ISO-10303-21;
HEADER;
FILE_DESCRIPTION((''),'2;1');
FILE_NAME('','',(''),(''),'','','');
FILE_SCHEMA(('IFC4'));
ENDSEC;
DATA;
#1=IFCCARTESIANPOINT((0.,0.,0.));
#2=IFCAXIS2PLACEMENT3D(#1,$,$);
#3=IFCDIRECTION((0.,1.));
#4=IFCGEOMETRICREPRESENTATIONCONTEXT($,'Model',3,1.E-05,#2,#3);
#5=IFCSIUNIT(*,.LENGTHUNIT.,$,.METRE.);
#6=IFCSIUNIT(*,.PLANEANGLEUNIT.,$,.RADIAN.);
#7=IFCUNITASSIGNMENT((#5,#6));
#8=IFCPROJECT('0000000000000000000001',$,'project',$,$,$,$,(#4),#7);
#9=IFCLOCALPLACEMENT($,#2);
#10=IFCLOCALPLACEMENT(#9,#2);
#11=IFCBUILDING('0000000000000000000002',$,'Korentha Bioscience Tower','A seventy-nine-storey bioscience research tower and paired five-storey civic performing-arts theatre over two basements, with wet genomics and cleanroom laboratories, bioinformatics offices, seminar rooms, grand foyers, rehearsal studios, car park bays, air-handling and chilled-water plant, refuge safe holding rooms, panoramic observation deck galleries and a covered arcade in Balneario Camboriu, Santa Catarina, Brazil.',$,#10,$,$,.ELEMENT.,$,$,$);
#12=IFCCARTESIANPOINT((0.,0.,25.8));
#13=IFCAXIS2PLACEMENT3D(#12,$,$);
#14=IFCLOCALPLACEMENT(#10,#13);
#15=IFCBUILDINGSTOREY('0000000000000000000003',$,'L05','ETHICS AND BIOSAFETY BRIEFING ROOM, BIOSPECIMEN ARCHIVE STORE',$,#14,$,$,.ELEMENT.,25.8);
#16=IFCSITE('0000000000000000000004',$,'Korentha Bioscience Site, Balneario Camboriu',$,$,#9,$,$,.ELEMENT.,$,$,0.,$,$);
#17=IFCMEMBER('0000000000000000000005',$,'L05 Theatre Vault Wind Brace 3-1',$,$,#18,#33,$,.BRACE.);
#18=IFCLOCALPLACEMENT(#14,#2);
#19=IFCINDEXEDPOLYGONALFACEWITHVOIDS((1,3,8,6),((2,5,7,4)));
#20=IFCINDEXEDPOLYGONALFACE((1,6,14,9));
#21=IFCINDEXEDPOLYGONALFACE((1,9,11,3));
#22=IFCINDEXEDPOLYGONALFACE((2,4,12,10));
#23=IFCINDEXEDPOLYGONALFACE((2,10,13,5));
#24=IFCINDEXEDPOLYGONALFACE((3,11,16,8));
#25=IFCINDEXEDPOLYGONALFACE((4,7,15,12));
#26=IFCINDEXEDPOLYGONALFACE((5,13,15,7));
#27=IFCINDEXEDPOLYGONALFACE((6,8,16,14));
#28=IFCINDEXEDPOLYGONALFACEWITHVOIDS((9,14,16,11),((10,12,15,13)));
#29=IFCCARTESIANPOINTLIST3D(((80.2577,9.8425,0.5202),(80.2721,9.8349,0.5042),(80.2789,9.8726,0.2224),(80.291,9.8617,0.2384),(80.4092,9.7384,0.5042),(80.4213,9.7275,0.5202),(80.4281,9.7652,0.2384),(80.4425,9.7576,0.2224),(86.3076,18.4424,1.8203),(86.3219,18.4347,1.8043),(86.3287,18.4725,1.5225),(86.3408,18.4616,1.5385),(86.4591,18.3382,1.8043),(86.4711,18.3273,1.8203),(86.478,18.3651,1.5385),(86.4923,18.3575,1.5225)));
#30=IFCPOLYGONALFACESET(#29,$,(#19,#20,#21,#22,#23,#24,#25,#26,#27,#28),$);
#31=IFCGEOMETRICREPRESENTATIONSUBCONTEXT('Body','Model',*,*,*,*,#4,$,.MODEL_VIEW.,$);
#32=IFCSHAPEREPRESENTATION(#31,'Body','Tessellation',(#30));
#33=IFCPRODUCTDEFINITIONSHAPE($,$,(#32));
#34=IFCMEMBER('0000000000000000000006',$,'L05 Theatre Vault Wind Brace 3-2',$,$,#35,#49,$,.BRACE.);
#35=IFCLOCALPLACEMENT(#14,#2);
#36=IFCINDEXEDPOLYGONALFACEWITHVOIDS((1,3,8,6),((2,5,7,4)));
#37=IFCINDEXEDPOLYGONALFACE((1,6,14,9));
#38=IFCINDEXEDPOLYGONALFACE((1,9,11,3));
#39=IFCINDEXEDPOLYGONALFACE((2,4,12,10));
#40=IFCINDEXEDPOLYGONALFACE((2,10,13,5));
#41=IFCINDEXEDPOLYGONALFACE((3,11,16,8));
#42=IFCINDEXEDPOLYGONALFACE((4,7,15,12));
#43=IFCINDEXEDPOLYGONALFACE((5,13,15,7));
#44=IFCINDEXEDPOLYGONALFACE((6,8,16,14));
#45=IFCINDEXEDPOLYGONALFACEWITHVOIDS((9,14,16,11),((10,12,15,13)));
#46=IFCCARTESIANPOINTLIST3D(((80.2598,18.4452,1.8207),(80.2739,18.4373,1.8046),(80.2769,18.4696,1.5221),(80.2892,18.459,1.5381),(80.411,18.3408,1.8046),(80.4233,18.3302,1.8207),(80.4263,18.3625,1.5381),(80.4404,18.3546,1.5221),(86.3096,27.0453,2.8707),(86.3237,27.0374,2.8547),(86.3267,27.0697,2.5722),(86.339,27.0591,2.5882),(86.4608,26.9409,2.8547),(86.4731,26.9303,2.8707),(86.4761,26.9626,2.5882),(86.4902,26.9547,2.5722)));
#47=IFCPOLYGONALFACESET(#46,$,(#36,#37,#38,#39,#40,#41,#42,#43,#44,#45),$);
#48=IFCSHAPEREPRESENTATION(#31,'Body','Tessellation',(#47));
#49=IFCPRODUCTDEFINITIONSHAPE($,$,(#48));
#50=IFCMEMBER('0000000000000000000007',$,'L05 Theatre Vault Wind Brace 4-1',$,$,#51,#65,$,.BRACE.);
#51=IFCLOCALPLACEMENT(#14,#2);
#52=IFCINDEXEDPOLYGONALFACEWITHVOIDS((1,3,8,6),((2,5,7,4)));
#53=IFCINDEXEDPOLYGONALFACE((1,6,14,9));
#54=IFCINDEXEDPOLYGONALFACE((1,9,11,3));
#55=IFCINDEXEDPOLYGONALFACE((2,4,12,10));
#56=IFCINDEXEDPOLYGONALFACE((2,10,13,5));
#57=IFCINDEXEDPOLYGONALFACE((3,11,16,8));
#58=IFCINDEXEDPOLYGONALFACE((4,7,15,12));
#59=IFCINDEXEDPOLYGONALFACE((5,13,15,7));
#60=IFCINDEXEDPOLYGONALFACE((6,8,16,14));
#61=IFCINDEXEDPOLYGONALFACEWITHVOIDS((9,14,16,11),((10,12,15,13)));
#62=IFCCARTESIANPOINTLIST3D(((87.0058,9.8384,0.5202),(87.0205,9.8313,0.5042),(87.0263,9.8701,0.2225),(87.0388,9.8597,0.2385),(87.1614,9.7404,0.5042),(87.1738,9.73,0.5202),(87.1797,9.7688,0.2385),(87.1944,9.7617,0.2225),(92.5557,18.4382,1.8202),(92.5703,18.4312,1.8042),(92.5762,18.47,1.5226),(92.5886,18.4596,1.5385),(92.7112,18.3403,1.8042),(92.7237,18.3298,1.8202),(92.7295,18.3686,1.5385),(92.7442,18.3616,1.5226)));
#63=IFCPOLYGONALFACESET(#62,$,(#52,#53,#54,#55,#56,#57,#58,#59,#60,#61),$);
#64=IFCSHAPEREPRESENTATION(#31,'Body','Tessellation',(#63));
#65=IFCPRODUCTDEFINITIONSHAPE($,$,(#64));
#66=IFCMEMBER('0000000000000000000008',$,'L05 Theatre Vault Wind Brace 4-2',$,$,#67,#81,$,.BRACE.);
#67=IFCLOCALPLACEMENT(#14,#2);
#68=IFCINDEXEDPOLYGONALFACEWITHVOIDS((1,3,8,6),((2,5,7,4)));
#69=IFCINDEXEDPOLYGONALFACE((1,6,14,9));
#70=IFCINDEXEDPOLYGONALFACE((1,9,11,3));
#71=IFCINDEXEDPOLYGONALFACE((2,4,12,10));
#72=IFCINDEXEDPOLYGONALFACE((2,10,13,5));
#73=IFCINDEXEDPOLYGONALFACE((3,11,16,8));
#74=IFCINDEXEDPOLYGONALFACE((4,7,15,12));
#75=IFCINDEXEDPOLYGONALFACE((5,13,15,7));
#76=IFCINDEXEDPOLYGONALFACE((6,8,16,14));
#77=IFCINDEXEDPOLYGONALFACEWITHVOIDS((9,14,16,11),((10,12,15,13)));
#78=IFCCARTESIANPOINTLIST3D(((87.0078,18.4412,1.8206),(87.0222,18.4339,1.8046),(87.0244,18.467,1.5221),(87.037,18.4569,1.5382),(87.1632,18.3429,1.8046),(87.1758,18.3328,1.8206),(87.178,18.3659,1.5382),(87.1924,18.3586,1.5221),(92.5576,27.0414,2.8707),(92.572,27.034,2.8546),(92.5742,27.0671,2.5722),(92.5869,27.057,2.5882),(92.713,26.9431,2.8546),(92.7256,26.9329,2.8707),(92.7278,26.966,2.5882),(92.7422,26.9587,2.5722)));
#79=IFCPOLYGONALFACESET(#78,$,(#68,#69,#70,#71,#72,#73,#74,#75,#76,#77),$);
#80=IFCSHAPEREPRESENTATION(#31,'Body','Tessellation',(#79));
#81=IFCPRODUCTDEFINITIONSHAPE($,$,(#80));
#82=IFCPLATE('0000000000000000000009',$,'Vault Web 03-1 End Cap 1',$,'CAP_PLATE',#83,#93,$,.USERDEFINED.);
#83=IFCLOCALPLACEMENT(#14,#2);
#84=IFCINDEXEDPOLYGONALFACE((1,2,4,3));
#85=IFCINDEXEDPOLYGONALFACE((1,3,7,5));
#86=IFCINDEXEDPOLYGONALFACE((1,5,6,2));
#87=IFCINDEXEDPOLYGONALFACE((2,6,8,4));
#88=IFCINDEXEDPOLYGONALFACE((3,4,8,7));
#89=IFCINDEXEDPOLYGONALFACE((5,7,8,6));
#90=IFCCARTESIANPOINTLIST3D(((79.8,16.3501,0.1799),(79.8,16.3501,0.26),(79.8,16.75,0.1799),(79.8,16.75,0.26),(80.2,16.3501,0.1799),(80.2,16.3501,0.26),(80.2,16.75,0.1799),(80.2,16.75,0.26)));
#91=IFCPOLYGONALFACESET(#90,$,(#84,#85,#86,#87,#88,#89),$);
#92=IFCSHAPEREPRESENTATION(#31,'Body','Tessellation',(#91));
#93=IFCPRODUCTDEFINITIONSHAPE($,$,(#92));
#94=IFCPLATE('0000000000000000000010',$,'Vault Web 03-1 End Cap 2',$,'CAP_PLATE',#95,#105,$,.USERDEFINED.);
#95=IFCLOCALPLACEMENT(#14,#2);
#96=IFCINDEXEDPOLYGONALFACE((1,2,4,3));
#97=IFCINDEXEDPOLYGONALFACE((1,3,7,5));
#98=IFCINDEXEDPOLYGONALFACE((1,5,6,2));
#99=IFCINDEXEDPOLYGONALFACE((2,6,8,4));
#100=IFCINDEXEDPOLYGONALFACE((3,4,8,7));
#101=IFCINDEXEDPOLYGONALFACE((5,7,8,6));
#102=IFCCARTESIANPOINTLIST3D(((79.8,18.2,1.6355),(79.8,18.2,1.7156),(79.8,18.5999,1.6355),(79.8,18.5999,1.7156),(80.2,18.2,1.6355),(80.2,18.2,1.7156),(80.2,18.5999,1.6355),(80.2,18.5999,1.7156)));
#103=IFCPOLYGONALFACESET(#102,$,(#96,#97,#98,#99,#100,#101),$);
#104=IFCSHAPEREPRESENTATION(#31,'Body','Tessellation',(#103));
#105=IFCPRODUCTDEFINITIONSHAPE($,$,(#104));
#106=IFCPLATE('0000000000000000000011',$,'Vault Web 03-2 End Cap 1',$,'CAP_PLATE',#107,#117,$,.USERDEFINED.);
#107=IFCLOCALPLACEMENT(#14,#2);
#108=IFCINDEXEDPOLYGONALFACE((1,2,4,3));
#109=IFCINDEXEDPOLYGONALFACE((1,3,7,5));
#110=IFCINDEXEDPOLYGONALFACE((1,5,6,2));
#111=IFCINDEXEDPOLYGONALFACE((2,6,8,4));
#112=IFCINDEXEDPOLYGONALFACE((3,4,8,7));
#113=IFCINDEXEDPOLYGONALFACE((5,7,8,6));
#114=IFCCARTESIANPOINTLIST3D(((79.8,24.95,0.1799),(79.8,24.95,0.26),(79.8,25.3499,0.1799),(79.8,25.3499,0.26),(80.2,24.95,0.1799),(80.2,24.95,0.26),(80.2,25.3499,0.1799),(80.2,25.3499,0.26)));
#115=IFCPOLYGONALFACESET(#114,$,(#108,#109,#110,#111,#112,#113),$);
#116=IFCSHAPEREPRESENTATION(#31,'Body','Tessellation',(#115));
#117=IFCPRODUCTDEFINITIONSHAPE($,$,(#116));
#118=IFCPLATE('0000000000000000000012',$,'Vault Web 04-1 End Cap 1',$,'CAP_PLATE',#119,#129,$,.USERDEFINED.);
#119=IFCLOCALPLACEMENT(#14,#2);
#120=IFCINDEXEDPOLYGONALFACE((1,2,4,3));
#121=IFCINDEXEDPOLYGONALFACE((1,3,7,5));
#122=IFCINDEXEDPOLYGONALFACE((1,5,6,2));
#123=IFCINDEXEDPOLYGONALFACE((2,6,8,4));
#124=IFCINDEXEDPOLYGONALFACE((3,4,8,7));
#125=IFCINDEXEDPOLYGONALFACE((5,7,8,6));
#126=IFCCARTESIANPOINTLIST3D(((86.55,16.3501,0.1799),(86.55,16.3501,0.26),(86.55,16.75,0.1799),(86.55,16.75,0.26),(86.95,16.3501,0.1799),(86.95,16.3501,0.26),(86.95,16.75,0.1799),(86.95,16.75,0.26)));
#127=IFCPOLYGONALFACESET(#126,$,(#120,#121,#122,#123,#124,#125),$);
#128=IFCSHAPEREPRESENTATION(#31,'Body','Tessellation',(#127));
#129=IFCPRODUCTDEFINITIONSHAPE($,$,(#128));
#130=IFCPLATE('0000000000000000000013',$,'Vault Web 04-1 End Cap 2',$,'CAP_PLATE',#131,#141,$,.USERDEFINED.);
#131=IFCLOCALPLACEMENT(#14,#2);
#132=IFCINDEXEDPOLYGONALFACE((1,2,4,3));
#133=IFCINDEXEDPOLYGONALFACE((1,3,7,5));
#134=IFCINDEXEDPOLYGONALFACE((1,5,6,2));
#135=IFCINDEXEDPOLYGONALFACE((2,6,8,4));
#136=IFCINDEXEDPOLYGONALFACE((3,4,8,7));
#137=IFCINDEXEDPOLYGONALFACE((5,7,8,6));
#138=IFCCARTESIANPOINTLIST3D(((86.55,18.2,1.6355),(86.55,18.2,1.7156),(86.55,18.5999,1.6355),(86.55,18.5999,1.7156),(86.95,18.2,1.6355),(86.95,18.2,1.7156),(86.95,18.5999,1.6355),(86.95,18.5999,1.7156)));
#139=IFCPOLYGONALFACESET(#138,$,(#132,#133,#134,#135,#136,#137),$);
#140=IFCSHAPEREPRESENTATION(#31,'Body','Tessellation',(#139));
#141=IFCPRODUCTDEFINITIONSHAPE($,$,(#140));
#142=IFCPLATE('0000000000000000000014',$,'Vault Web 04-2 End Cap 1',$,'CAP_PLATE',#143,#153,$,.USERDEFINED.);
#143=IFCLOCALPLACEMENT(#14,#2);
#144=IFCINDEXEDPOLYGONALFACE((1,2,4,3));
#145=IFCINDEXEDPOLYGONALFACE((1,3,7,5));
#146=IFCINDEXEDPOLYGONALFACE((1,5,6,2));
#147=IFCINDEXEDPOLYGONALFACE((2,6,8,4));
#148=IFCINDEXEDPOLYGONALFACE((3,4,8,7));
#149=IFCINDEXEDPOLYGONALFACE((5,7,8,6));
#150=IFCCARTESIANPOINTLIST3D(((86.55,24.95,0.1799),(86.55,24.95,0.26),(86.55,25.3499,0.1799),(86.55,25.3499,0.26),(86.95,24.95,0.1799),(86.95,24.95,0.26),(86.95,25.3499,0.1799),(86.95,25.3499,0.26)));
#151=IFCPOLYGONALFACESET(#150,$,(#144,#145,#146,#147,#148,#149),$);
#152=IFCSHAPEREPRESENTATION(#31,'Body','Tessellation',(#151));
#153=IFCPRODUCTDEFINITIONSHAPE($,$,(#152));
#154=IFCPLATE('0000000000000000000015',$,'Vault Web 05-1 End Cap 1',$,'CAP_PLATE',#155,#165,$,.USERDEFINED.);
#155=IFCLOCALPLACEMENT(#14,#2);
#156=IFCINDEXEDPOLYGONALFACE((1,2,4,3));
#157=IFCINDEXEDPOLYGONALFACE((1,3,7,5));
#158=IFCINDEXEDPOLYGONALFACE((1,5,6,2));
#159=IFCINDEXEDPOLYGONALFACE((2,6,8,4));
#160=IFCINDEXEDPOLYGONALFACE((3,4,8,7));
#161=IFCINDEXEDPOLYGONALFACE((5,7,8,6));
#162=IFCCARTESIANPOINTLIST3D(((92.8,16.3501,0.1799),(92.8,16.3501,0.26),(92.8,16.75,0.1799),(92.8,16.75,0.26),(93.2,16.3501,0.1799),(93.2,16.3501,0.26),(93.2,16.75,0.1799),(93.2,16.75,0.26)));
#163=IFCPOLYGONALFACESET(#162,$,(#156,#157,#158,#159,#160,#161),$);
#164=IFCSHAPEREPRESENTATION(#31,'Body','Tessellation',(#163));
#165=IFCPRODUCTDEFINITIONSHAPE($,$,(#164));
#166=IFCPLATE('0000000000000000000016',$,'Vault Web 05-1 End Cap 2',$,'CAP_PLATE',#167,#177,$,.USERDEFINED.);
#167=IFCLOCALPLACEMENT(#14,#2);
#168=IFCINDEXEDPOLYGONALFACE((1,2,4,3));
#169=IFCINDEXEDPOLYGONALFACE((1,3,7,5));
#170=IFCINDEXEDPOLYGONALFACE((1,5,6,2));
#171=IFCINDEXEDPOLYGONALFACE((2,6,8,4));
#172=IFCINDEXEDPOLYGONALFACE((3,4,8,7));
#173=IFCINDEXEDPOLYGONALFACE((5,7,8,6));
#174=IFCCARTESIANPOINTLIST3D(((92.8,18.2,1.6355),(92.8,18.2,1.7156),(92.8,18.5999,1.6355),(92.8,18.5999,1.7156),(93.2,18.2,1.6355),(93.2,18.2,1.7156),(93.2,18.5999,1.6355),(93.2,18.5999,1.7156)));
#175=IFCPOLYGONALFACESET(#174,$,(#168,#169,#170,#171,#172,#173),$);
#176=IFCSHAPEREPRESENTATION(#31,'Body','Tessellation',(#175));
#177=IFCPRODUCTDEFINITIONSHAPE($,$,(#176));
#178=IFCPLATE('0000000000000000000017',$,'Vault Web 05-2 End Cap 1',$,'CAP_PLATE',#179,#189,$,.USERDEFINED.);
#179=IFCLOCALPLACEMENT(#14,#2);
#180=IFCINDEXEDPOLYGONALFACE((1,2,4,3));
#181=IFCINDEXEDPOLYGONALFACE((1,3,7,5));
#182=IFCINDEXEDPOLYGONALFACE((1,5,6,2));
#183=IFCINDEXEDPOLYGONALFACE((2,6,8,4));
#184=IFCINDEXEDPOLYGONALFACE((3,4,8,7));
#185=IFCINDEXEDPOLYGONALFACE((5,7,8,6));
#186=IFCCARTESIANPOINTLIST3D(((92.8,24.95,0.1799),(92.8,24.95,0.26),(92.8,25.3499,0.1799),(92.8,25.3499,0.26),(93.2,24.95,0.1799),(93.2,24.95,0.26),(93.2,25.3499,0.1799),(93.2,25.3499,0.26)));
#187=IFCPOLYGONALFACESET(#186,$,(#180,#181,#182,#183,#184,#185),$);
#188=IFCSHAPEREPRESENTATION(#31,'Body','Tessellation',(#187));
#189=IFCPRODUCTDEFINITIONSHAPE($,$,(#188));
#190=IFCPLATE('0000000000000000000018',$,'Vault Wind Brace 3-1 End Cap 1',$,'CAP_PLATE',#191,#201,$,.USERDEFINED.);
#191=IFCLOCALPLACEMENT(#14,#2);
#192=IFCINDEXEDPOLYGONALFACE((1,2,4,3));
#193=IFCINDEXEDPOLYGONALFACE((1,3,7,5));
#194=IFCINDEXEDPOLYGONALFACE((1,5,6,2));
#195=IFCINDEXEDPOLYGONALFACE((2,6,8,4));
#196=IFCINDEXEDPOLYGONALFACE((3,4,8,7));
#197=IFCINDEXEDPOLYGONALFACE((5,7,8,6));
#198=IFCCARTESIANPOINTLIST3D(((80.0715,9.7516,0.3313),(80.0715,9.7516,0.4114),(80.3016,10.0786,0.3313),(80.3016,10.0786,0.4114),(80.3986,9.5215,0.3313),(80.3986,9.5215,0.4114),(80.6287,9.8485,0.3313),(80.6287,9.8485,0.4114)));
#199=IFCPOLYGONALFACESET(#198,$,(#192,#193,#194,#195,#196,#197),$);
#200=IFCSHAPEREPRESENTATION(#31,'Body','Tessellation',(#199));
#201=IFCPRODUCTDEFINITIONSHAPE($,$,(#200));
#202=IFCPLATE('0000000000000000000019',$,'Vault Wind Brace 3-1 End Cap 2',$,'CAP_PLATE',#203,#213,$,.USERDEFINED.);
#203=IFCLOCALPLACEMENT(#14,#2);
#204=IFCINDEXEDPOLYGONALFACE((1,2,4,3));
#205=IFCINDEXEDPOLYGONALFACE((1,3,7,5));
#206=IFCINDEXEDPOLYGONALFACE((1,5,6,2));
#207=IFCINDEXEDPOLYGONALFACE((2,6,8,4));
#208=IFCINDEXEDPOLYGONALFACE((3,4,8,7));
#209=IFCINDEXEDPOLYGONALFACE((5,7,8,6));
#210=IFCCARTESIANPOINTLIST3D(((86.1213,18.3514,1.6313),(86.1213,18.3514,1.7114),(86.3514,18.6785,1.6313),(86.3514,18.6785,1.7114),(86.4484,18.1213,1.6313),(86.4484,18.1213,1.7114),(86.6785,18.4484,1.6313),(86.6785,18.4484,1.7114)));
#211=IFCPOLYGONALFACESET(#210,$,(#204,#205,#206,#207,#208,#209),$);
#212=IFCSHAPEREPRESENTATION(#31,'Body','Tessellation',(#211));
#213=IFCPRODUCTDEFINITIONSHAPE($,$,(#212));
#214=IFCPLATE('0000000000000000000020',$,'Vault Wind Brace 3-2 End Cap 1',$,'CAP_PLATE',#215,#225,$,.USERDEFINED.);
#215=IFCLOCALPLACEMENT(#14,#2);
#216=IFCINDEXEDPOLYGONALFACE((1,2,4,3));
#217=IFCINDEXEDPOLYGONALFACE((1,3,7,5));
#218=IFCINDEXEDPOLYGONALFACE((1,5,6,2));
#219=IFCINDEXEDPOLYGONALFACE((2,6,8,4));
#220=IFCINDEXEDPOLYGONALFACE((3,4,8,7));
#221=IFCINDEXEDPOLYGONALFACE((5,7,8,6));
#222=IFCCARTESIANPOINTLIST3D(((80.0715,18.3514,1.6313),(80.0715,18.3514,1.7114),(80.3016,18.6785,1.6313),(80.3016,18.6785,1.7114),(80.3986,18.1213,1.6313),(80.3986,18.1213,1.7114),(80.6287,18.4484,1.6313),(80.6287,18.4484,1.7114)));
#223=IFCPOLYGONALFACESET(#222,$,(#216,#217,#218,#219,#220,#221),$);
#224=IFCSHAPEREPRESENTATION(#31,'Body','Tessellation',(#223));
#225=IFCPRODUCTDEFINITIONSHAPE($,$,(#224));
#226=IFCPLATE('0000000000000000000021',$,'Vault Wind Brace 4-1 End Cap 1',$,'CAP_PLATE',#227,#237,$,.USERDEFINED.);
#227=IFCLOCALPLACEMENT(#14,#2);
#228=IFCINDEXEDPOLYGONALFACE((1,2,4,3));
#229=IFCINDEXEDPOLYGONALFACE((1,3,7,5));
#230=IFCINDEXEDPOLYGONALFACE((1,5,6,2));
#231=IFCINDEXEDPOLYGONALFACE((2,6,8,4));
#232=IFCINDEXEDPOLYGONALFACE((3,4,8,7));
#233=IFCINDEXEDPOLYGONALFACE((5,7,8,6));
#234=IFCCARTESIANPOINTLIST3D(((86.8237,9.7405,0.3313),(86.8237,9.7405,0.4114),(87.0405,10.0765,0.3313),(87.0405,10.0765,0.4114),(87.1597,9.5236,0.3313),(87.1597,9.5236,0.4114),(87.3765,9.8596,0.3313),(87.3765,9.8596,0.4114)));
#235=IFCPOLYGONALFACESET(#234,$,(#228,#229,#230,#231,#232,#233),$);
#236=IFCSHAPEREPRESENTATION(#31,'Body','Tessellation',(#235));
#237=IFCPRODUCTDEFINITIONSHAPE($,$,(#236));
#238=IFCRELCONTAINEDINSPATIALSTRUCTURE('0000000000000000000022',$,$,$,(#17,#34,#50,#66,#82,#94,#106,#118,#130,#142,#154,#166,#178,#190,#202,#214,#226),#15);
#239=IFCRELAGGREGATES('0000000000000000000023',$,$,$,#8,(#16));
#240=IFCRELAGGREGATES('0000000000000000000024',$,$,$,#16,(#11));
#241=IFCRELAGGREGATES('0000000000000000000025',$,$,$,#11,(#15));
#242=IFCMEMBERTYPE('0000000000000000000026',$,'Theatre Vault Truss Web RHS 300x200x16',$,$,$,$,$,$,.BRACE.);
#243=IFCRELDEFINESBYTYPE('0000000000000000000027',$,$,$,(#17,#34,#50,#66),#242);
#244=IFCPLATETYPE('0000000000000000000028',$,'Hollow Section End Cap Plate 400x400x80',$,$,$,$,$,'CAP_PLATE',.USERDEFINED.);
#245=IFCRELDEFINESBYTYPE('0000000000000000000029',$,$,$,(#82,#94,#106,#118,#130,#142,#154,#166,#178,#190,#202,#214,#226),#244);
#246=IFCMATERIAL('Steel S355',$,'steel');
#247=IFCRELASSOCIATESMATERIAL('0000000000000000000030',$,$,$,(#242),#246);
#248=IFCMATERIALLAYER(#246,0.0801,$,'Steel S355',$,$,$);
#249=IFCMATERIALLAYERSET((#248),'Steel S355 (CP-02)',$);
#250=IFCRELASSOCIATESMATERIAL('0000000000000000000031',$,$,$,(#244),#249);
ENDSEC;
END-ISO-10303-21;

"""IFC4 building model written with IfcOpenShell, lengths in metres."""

from ifc_helpers import new_model, si_unit, direction, frame, origin, origin_2d, place, context, subcontext, project, spatial, rectangle, hollow_rectangle, extrude, material, layer, layer_set, material_profile, profile_set, type_object, element, save


model = new_model("IFC4")

# Units and contexts
model_context = context("Model", 3, precision=1e-05, world=origin(), true_north=direction((0.0, 1.0)))
body_context = subcontext(model_context, "Body", "Model", "MODEL_VIEW")
ifc_project = project(units=[si_unit("LENGTHUNIT", "METRE"), si_unit("PLANEANGLEUNIT", "RADIAN")], contexts=[model_context])

# Site, building, storey
site_placement = place(None, origin())
site = spatial("IfcSite", under=ifc_project, at=site_placement, Name="Korentha Bioscience Site, Balneario Camboriu", CompositionType="ELEMENT", RefElevation=0.0)
building_placement = place(site_placement, origin())
building = spatial("IfcBuilding", under=site, at=building_placement, Name="Korentha Bioscience Tower", Description="A seventy-nine-storey bioscience research tower and paired five-storey civic performing-arts theatre over two basements, with wet genomics and cleanroom laboratories, bioinformatics offices, seminar rooms, grand foyers, rehearsal studios, car park bays, air-handling and chilled-water plant, refuge safe holding rooms, panoramic observation deck galleries and a covered arcade in Balneario Camboriu, Santa Catarina, Brazil.", CompositionType="ELEMENT")
storey_placement = place(building_placement, frame((0.0, 0.0, 25.8)))
storey = spatial("IfcBuildingStorey", under=building, at=storey_placement, Name="L05", Description="ETHICS AND BIOSAFETY BRIEFING ROOM, BIOSPECIMEN ARCHIVE STORE", CompositionType="ELEMENT", Elevation=25.8)

# Shared definitions
ifc_material = material(Name="Steel S355", Category="steel")

# Members
ifc_material_profile_1 = material_profile(ifc_material, hollow_rectangle(XDim=0.2, YDim=0.3, WallThickness=0.0161, at=origin_2d()), Name="Steel S355")
ifc_profile_set_1 = profile_set([ifc_material_profile_1], Name="Steel S355 (TV-W300)")
member_type_1 = type_object("IfcMemberType", Name="Theatre Vault Truss Web RHS 300x200x16", PredefinedType="BRACE", material=ifc_profile_set_1)
member_1_placement = place(storey_placement, frame((80.3501, 9.8, 0.3713), z_axis=(0.571022, 0.811713, 0.122707), x_axis=(-0.817893, 0.57537, 0.0)))
element("IfcMember", 1, at=member_1_placement, inside=storey, type_object=member_type_1, Name="L05 Theatre Vault Wind Brace 3-1", PredefinedType="BRACE", context=body_context, shape_type="SweptSolid", body=[
    extrude(hollow_rectangle(XDim=0.2, YDim=0.3, WallThickness=0.0161, at=origin_2d()), origin(), (0.0, 0.0, 1.0), 10.5947),
])
member_2_placement = place(storey_placement, frame((80.3501, 18.3999, 1.6714), z_axis=(0.572511, 0.813853, 0.099369), x_axis=(-0.817901, 0.575359, 0.0)))
element("IfcMember", 2, at=member_2_placement, inside=storey, type_object=member_type_1, Name="L05 Theatre Vault Wind Brace 3-2", PredefinedType="BRACE", context=body_context, shape_type="SweptSolid", body=[
    extrude(hollow_rectangle(XDim=0.2, YDim=0.3, WallThickness=0.0161, at=origin_2d()), origin(), (0.0, 0.0, 1.0), 10.5671),
])
member_3_placement = place(storey_placement, frame((87.1001, 9.8, 0.3713), z_axis=(0.537909, 0.833532, 0.126006), x_axis=(-0.840229, 0.542231, 0.0)))
element("IfcMember", 3, at=member_3_placement, inside=storey, type_object=member_type_1, Name="L05 Theatre Vault Wind Brace 4-1", PredefinedType="BRACE", context=body_context, shape_type="SweptSolid", body=[
    extrude(hollow_rectangle(XDim=0.2, YDim=0.3, WallThickness=0.0161, at=origin_2d()), origin(), (0.0, 0.0, 1.0), 10.3174),
])
member_4_placement = place(storey_placement, frame((87.1001, 18.3999, 1.6714), z_axis=(0.539389, 0.835849, 0.102055), x_axis=(-0.840236, 0.54222, 0.0)))
element("IfcMember", 4, at=member_4_placement, inside=storey, type_object=member_type_1, Name="L05 Theatre Vault Wind Brace 4-2", PredefinedType="BRACE", context=body_context, shape_type="SweptSolid", body=[
    extrude(hollow_rectangle(XDim=0.2, YDim=0.3, WallThickness=0.0161, at=origin_2d()), origin(), (0.0, 0.0, 1.0), 10.2891),
])

# Plates
ifc_layer_1 = layer(ifc_material, 0.0801, Name="Steel S355")
ifc_layer_set_1 = layer_set([ifc_layer_1], Name="Steel S355 (CP-02)")
plate_type_1 = type_object("IfcPlateType", Name="Hollow Section End Cap Plate 400x400x80", ElementType="CAP_PLATE", PredefinedType="USERDEFINED", material=ifc_layer_set_1)
for number, where, z_axis, x_axis, name in (
    (5, (80.0, 16.55, 0.1799), (0.0, 0.0, 1.0), (0.0, 1.0, 0.0), "Vault Web 03-1 End Cap 1"),
    (6, (80.0, 18.3999, 1.6355), (0.0, 0.0, 1.0), (0.0, 1.0, 0.0), "Vault Web 03-1 End Cap 2"),
    (7, (80.0, 25.1499, 0.1799), (0.0, 0.0, 1.0), (0.0, 1.0, 0.0), "Vault Web 03-2 End Cap 1"),
    (8, (86.75, 16.55, 0.1799), (0.0, 0.0, 1.0), (0.0, 1.0, 0.0), "Vault Web 04-1 End Cap 1"),
    (9, (86.75, 18.3999, 1.6355), (0.0, 0.0, 1.0), (0.0, 1.0, 0.0), "Vault Web 04-1 End Cap 2"),
    (10, (86.75, 25.1499, 0.1799), (0.0, 0.0, 1.0), (0.0, 1.0, 0.0), "Vault Web 04-2 End Cap 1"),
    (11, (93.0, 16.55, 0.1799), (0.0, 0.0, 1.0), (0.0, 1.0, 0.0), "Vault Web 05-1 End Cap 1"),
    (12, (93.0, 18.3999, 1.6355), (0.0, 0.0, 1.0), (0.0, 1.0, 0.0), "Vault Web 05-1 End Cap 2"),
    (13, (93.0, 25.1499, 0.1799), (0.0, 0.0, 1.0), (0.0, 1.0, 0.0), "Vault Web 05-2 End Cap 1"),
    (14, (80.3501, 9.8, 0.3313), (0.0, 0.0, 1.0), (0.575434, 0.817849, 0.0), "Vault Wind Brace 3-1 End Cap 1"),
    (15, (86.3999, 18.3999, 1.6313), (0.0, 0.0, 1.0), (0.575434, 0.817849, 0.0), "Vault Wind Brace 3-1 End Cap 2"),
    (16, (80.3501, 18.3999, 1.6313), (0.0, 0.0, 1.0), (0.575434, 0.817849, 0.0), "Vault Wind Brace 3-2 End Cap 1"),
    (17, (87.1001, 9.8, 0.3313), (0.0, 0.0, 1.0), (0.542295, 0.840188, 0.0), "Vault Wind Brace 4-1 End Cap 1"),
):
    element("IfcPlate", number, at=place(storey_placement, frame(where, z_axis=z_axis, x_axis=x_axis)), inside=storey, type_object=plate_type_1, Name=name, ObjectType="CAP_PLATE", PredefinedType="USERDEFINED", context=body_context, shape_type="SweptSolid", body=[
        extrude(rectangle(XDim=0.3999, YDim=0.3999, at=origin_2d()), origin(), (0.0, 0.0, 1.0), 0.0801),
    ])

save(model, "model.ifc")
